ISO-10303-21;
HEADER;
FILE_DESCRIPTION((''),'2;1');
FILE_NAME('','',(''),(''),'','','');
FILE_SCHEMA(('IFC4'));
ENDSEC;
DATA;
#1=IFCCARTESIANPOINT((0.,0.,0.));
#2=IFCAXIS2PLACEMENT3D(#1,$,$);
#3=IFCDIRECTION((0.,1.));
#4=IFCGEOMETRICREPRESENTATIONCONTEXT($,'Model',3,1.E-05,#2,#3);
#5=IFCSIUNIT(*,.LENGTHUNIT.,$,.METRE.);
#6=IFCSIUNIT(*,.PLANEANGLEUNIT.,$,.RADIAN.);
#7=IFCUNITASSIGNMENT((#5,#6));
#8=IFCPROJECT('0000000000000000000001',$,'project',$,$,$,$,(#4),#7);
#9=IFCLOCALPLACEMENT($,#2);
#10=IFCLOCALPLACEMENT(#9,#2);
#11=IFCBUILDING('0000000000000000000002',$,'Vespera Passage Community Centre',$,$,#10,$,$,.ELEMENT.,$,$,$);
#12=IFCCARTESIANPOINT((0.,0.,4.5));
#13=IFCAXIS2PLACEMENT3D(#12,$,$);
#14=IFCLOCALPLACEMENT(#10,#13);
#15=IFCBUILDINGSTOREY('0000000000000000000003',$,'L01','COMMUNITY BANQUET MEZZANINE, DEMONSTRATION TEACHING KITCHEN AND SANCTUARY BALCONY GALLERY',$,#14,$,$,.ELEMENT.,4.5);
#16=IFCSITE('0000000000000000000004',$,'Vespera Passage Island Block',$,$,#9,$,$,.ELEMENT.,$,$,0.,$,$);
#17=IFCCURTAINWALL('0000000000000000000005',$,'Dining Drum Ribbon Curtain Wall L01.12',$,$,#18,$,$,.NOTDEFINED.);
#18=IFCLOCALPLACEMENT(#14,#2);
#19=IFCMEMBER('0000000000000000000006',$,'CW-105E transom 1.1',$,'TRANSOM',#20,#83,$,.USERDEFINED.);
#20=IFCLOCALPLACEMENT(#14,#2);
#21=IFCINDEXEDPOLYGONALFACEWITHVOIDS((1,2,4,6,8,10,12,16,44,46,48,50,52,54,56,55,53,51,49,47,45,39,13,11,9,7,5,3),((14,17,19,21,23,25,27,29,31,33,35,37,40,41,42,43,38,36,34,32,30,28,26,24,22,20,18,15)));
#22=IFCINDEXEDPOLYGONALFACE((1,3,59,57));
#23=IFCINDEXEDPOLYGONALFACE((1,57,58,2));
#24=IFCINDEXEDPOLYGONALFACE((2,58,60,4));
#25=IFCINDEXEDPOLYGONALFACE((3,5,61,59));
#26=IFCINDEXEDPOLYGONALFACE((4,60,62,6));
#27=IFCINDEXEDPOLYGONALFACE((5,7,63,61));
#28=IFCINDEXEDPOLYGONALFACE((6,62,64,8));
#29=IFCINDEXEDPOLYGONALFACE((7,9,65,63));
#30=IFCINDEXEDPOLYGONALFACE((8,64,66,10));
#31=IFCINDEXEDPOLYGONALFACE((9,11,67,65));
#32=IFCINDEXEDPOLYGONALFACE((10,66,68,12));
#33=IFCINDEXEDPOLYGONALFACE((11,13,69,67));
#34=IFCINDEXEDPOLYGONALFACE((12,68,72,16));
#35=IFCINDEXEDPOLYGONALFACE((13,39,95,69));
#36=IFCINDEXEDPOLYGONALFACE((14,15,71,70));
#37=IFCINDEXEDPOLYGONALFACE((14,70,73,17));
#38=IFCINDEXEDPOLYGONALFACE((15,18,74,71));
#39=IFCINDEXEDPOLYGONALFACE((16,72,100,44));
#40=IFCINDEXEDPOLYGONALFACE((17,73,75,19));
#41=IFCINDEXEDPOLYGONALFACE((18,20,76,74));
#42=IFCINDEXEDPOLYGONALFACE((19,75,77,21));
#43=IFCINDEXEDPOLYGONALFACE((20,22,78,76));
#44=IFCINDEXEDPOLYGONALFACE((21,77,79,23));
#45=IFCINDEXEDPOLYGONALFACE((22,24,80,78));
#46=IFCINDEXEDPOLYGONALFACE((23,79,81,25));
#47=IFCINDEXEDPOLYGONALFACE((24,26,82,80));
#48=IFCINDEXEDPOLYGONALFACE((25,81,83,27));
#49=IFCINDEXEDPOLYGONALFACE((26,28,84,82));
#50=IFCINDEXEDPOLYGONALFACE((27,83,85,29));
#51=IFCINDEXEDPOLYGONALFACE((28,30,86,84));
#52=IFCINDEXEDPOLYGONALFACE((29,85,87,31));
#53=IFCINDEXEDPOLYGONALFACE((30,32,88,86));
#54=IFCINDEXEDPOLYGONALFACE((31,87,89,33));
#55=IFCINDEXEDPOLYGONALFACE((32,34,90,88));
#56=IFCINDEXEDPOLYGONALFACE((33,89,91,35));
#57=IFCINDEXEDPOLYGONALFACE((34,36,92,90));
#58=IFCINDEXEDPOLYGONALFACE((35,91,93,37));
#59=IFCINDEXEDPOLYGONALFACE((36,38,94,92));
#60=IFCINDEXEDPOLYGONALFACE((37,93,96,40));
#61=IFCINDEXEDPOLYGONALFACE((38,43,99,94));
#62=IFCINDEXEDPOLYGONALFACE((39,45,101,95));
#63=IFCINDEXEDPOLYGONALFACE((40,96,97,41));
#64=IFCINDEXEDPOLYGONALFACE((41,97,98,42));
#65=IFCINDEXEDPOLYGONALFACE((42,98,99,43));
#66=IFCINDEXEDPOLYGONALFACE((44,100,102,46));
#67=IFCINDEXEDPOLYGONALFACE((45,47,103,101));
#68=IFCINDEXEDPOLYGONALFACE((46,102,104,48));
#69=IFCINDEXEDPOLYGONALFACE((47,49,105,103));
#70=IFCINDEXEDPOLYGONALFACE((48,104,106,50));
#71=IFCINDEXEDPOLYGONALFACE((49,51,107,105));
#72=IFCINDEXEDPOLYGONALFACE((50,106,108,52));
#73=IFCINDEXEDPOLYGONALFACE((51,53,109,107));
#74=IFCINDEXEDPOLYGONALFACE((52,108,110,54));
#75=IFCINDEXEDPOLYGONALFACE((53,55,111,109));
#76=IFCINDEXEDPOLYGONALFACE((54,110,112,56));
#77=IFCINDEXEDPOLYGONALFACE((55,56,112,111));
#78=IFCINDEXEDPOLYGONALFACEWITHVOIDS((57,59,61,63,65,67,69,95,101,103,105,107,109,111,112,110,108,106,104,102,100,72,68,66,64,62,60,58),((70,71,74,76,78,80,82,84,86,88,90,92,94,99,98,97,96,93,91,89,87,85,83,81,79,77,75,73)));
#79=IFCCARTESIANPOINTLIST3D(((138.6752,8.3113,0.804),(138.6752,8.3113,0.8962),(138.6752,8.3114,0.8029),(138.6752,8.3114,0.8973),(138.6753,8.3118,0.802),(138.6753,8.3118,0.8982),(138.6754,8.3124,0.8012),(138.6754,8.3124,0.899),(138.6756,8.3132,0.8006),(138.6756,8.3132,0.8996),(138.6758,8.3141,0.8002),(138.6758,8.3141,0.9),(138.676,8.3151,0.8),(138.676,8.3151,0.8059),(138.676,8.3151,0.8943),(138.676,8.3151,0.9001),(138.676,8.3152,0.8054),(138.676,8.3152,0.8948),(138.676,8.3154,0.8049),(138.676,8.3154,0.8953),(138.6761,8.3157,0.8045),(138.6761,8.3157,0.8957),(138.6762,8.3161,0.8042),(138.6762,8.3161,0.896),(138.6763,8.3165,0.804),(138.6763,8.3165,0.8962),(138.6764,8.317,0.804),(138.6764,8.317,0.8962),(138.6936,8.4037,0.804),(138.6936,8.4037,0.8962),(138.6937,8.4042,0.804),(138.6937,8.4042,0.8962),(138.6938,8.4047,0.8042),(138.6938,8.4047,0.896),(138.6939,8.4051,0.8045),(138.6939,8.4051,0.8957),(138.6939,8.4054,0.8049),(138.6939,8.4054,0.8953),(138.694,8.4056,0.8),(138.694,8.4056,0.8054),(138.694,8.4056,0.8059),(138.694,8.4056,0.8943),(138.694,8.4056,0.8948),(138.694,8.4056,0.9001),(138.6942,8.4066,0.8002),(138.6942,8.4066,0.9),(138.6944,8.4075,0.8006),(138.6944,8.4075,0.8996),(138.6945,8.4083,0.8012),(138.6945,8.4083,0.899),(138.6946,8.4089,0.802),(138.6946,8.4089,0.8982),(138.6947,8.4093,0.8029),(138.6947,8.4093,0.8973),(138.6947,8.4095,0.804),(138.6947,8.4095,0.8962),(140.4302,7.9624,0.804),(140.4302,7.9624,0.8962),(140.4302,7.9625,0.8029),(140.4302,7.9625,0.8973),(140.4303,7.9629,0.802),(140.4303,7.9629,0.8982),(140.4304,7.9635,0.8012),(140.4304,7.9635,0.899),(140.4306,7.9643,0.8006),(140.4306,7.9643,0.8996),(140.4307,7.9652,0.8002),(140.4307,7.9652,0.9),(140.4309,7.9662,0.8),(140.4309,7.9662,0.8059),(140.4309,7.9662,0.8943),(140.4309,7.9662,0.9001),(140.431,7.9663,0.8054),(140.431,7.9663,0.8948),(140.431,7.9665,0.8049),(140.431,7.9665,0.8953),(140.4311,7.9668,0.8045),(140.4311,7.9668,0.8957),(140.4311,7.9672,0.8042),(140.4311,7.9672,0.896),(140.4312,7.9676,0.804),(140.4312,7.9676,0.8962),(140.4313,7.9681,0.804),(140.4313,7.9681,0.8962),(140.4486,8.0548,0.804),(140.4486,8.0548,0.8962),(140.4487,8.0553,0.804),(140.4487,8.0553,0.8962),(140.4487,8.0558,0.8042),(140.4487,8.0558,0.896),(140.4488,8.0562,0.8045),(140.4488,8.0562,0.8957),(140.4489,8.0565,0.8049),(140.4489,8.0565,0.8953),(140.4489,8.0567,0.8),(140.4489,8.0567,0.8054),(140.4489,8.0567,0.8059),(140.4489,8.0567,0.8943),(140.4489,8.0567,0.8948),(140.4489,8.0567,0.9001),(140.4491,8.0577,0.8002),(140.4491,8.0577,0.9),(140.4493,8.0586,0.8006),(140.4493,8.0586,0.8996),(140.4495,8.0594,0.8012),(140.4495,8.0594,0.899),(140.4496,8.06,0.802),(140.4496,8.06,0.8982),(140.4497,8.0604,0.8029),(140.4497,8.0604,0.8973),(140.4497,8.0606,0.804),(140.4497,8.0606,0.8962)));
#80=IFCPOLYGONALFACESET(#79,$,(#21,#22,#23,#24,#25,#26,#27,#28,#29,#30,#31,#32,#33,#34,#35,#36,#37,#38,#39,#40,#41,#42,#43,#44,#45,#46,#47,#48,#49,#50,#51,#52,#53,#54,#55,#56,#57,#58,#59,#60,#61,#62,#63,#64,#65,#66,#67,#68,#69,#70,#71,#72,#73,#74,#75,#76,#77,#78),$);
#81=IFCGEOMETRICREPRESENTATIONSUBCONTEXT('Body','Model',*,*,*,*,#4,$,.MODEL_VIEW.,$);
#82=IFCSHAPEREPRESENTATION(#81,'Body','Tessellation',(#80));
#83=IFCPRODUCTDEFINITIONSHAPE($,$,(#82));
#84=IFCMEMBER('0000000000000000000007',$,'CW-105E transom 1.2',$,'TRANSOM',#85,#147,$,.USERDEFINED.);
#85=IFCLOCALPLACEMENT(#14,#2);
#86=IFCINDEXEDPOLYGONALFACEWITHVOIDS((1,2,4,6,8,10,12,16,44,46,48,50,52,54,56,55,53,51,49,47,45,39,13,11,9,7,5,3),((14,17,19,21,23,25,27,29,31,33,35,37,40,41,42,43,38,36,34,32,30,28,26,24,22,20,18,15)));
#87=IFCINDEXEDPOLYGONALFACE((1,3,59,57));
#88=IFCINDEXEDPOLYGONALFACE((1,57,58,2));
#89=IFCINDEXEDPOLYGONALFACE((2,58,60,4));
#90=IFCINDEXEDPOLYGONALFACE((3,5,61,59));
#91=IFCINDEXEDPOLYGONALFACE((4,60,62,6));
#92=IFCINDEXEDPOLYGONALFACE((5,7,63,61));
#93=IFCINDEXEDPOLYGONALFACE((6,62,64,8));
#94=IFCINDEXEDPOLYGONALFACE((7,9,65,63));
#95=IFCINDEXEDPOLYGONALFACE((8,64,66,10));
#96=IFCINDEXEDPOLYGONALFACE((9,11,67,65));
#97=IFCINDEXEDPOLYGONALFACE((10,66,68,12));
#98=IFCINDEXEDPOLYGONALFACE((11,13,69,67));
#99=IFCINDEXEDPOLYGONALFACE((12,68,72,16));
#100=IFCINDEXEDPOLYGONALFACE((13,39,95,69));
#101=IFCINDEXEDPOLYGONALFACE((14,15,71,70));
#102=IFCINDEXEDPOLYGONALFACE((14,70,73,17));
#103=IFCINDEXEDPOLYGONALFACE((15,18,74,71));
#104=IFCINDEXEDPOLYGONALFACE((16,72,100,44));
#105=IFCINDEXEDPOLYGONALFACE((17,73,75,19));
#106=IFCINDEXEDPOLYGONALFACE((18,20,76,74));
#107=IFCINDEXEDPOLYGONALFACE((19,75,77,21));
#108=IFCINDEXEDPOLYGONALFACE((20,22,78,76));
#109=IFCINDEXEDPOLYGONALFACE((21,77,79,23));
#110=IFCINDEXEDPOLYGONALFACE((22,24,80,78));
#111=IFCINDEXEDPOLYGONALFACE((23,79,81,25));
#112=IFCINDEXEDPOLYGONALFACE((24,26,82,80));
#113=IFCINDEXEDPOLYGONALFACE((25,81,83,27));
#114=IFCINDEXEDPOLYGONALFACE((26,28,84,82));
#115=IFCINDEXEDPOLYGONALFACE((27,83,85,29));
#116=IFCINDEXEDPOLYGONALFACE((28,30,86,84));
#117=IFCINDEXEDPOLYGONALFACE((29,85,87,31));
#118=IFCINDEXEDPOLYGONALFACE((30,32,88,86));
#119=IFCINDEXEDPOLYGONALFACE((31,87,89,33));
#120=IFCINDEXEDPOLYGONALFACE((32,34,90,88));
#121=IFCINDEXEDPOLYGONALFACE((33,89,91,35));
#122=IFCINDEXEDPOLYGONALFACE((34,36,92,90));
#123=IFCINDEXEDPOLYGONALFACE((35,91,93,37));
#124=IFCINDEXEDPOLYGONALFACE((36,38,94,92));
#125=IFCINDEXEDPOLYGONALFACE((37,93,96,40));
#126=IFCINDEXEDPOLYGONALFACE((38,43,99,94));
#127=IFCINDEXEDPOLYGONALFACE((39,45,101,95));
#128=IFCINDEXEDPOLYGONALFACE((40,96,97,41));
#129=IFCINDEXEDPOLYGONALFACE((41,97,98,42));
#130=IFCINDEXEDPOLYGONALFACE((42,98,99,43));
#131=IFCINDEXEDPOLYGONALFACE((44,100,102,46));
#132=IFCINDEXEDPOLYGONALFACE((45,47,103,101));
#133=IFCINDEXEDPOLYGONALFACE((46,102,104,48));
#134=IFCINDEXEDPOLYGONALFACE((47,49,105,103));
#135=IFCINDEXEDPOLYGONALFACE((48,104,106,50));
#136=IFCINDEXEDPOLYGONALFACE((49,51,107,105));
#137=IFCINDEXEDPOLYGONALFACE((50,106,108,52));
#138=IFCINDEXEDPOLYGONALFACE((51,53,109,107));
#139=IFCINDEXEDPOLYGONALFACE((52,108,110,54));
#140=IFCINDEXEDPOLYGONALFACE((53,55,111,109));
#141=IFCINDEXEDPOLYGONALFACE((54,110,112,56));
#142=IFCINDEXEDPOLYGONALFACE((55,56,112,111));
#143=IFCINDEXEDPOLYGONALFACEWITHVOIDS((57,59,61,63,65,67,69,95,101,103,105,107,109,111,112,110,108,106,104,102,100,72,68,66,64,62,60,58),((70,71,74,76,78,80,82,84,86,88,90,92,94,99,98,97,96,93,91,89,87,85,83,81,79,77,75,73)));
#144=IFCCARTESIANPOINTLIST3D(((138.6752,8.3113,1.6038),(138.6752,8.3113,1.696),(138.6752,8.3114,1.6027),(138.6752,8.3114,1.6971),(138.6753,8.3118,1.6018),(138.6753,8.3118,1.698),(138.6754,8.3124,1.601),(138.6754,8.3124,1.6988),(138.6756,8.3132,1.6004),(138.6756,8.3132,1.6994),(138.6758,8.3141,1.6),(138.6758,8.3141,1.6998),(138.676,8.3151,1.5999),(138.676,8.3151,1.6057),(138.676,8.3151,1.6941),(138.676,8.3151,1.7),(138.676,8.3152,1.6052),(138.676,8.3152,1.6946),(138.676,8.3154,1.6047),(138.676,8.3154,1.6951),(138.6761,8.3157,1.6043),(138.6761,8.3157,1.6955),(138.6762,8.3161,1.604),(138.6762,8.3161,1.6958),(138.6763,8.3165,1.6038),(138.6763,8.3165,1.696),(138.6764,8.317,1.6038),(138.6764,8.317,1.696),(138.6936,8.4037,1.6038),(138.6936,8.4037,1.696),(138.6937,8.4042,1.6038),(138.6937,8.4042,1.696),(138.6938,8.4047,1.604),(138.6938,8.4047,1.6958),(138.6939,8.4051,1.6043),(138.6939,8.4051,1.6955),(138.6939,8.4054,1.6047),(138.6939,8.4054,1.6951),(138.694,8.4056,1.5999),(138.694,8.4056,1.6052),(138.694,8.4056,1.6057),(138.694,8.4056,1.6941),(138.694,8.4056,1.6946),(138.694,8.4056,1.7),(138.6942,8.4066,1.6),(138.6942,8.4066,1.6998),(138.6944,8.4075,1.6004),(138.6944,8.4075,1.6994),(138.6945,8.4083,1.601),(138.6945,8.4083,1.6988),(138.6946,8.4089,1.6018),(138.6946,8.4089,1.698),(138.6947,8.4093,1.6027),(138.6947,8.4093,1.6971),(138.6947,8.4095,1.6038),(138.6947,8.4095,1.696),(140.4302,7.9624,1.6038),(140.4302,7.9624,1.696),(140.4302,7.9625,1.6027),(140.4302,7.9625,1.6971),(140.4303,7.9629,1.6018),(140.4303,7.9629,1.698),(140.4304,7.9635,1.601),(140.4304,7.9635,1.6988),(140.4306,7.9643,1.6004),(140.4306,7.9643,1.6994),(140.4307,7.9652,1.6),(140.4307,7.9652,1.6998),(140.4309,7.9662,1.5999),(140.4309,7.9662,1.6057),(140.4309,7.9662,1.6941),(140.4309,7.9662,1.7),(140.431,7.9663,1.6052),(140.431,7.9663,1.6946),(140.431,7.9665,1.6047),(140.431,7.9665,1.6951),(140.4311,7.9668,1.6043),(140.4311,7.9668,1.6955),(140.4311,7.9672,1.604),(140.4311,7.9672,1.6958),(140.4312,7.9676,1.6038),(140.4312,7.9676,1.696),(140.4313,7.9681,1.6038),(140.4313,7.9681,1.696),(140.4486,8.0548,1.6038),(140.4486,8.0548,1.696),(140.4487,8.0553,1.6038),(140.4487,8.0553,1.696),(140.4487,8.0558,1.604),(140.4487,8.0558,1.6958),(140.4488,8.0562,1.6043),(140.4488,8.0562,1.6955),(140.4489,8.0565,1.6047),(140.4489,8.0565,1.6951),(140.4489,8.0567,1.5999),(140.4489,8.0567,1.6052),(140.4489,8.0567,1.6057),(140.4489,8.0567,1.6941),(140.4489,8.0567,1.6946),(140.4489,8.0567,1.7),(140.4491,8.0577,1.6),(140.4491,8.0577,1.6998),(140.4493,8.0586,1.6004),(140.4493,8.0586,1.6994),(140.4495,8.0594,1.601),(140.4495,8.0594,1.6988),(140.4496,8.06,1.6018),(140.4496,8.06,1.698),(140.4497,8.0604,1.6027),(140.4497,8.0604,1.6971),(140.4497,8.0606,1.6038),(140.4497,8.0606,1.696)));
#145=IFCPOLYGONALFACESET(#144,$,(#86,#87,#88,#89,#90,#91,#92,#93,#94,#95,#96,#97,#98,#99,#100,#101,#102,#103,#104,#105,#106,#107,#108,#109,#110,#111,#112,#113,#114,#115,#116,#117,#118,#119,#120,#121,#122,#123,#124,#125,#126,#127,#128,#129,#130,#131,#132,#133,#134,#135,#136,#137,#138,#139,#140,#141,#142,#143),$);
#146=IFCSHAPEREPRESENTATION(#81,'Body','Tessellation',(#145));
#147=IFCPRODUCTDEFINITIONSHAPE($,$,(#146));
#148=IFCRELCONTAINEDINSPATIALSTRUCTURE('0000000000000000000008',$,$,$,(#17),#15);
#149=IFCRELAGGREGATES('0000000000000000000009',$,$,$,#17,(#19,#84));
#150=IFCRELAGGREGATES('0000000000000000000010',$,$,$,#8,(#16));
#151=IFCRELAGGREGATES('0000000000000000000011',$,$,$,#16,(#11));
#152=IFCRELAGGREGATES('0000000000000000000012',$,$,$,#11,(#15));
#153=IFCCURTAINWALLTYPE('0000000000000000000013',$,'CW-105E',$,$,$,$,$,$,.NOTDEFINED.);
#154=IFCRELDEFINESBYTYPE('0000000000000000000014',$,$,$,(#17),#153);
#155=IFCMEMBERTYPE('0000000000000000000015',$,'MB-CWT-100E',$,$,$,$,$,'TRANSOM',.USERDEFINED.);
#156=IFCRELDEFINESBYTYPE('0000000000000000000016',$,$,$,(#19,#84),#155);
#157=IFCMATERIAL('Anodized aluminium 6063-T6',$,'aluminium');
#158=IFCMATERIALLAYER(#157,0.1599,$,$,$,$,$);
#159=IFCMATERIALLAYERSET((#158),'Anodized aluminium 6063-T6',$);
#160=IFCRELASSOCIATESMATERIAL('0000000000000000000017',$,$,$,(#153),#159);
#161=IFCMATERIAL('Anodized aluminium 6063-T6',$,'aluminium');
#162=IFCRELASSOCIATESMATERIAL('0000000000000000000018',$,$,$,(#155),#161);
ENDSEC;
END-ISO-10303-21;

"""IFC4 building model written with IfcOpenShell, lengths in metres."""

from ifc_helpers import new_model, si_unit, direction, frame, origin, origin_2d, place, context, subcontext, project, spatial, hollow_rectangle, extrude, material, layer, layer_set, material_profile, profile_set, type_object, element, aggregate, save


model = new_model("IFC4")

# Units and contexts
model_context = context("Model", 3, precision=1e-05, world=origin(), true_north=direction((0.0, 1.0)))
body_context = subcontext(model_context, "Body", "Model", "MODEL_VIEW")
ifc_project = project(units=[si_unit("LENGTHUNIT", "METRE"), si_unit("PLANEANGLEUNIT", "RADIAN")], contexts=[model_context])

# Site, building, storey
site_placement = place(None, origin())
site = spatial("IfcSite", under=ifc_project, at=site_placement, Name="Vespera Passage Island Block", CompositionType="ELEMENT", RefElevation=0.0)
building_placement = place(site_placement, origin())
building = spatial("IfcBuilding", under=site, at=building_placement, Name="Vespera Passage Community Centre", CompositionType="ELEMENT")
storey_placement = place(building_placement, frame((0.0, 0.0, 4.5)))
storey = spatial("IfcBuildingStorey", under=building, at=storey_placement, Name="L01", Description="COMMUNITY BANQUET MEZZANINE, DEMONSTRATION TEACHING KITCHEN AND SANCTUARY BALCONY GALLERY", CompositionType="ELEMENT", Elevation=4.5)

# Curtain wall, members
ifc_material_1 = material(Name="Anodized aluminium 6063-T6", Category="aluminium")
ifc_layer_1 = layer(ifc_material_1, 0.1599)
ifc_layer_set_1 = layer_set([ifc_layer_1], Name="Anodized aluminium 6063-T6")
curtain_wall_type = type_object("IfcCurtainWallType", Name="CW-105E", PredefinedType="NOTDEFINED", material=ifc_layer_set_1)
curtain_wall_placement = place(storey_placement, origin())
curtain_wall = element("IfcCurtainWall", 1, at=curtain_wall_placement, inside=storey, type_object=curtain_wall_type, Name="Dining Drum Ribbon Curtain Wall L01.12", PredefinedType="NOTDEFINED")
ifc_material_2 = material(Name="Anodized aluminium 6063-T6", Category="aluminium")
ifc_material_profile_1 = material_profile(ifc_material_2, hollow_rectangle(XDim=0.1001, YDim=0.1001, WallThickness=0.0039, InnerFilletRadius=0.002, OuterFilletRadius=0.0039, at=origin_2d()), Name="ALU100X100X4")
ifc_profile_set_1 = profile_set([ifc_material_profile_1], Name="Anodized aluminium 6063-T6")
member_type_1 = type_object("IfcMemberType", Name="MB-CWT-100E", ElementType="TRANSOM", PredefinedType="USERDEFINED", material=ifc_profile_set_1)
member_1_placement = place(storey_placement, frame((140.4399, 8.0115, 0.8501), z_axis=(-0.980806, 0.194988, 0.0), x_axis=(-0.194988, -0.980806, 0.0)))
member_1 = element("IfcMember", 2, at=member_1_placement, type_object=member_type_1, Name="CW-105E transom 1.1", ObjectType="TRANSOM", PredefinedType="USERDEFINED", context=body_context, shape_type="SweptSolid", body=[
    extrude(hollow_rectangle(XDim=0.1001, YDim=0.1001, WallThickness=0.0039, InnerFilletRadius=0.002, OuterFilletRadius=0.0039, at=origin_2d()), origin(), (0.0, 0.0, 1.0), 1.7893),
])
member_2_placement = place(storey_placement, frame((140.4399, 8.0115, 1.6499), z_axis=(-0.980806, 0.194988, 0.0), x_axis=(-0.194988, -0.980806, 0.0)))
member_2 = element("IfcMember", 3, at=member_2_placement, type_object=member_type_1, Name="CW-105E transom 1.2", ObjectType="TRANSOM", PredefinedType="USERDEFINED", context=body_context, shape_type="SweptSolid", body=[
    extrude(hollow_rectangle(XDim=0.1001, YDim=0.1001, WallThickness=0.0039, InnerFilletRadius=0.002, OuterFilletRadius=0.0039, at=origin_2d()), origin(), (0.0, 0.0, 1.0), 1.7893),
])
aggregate(curtain_wall, [member_1, member_2])

save(model, "model.ifc")
